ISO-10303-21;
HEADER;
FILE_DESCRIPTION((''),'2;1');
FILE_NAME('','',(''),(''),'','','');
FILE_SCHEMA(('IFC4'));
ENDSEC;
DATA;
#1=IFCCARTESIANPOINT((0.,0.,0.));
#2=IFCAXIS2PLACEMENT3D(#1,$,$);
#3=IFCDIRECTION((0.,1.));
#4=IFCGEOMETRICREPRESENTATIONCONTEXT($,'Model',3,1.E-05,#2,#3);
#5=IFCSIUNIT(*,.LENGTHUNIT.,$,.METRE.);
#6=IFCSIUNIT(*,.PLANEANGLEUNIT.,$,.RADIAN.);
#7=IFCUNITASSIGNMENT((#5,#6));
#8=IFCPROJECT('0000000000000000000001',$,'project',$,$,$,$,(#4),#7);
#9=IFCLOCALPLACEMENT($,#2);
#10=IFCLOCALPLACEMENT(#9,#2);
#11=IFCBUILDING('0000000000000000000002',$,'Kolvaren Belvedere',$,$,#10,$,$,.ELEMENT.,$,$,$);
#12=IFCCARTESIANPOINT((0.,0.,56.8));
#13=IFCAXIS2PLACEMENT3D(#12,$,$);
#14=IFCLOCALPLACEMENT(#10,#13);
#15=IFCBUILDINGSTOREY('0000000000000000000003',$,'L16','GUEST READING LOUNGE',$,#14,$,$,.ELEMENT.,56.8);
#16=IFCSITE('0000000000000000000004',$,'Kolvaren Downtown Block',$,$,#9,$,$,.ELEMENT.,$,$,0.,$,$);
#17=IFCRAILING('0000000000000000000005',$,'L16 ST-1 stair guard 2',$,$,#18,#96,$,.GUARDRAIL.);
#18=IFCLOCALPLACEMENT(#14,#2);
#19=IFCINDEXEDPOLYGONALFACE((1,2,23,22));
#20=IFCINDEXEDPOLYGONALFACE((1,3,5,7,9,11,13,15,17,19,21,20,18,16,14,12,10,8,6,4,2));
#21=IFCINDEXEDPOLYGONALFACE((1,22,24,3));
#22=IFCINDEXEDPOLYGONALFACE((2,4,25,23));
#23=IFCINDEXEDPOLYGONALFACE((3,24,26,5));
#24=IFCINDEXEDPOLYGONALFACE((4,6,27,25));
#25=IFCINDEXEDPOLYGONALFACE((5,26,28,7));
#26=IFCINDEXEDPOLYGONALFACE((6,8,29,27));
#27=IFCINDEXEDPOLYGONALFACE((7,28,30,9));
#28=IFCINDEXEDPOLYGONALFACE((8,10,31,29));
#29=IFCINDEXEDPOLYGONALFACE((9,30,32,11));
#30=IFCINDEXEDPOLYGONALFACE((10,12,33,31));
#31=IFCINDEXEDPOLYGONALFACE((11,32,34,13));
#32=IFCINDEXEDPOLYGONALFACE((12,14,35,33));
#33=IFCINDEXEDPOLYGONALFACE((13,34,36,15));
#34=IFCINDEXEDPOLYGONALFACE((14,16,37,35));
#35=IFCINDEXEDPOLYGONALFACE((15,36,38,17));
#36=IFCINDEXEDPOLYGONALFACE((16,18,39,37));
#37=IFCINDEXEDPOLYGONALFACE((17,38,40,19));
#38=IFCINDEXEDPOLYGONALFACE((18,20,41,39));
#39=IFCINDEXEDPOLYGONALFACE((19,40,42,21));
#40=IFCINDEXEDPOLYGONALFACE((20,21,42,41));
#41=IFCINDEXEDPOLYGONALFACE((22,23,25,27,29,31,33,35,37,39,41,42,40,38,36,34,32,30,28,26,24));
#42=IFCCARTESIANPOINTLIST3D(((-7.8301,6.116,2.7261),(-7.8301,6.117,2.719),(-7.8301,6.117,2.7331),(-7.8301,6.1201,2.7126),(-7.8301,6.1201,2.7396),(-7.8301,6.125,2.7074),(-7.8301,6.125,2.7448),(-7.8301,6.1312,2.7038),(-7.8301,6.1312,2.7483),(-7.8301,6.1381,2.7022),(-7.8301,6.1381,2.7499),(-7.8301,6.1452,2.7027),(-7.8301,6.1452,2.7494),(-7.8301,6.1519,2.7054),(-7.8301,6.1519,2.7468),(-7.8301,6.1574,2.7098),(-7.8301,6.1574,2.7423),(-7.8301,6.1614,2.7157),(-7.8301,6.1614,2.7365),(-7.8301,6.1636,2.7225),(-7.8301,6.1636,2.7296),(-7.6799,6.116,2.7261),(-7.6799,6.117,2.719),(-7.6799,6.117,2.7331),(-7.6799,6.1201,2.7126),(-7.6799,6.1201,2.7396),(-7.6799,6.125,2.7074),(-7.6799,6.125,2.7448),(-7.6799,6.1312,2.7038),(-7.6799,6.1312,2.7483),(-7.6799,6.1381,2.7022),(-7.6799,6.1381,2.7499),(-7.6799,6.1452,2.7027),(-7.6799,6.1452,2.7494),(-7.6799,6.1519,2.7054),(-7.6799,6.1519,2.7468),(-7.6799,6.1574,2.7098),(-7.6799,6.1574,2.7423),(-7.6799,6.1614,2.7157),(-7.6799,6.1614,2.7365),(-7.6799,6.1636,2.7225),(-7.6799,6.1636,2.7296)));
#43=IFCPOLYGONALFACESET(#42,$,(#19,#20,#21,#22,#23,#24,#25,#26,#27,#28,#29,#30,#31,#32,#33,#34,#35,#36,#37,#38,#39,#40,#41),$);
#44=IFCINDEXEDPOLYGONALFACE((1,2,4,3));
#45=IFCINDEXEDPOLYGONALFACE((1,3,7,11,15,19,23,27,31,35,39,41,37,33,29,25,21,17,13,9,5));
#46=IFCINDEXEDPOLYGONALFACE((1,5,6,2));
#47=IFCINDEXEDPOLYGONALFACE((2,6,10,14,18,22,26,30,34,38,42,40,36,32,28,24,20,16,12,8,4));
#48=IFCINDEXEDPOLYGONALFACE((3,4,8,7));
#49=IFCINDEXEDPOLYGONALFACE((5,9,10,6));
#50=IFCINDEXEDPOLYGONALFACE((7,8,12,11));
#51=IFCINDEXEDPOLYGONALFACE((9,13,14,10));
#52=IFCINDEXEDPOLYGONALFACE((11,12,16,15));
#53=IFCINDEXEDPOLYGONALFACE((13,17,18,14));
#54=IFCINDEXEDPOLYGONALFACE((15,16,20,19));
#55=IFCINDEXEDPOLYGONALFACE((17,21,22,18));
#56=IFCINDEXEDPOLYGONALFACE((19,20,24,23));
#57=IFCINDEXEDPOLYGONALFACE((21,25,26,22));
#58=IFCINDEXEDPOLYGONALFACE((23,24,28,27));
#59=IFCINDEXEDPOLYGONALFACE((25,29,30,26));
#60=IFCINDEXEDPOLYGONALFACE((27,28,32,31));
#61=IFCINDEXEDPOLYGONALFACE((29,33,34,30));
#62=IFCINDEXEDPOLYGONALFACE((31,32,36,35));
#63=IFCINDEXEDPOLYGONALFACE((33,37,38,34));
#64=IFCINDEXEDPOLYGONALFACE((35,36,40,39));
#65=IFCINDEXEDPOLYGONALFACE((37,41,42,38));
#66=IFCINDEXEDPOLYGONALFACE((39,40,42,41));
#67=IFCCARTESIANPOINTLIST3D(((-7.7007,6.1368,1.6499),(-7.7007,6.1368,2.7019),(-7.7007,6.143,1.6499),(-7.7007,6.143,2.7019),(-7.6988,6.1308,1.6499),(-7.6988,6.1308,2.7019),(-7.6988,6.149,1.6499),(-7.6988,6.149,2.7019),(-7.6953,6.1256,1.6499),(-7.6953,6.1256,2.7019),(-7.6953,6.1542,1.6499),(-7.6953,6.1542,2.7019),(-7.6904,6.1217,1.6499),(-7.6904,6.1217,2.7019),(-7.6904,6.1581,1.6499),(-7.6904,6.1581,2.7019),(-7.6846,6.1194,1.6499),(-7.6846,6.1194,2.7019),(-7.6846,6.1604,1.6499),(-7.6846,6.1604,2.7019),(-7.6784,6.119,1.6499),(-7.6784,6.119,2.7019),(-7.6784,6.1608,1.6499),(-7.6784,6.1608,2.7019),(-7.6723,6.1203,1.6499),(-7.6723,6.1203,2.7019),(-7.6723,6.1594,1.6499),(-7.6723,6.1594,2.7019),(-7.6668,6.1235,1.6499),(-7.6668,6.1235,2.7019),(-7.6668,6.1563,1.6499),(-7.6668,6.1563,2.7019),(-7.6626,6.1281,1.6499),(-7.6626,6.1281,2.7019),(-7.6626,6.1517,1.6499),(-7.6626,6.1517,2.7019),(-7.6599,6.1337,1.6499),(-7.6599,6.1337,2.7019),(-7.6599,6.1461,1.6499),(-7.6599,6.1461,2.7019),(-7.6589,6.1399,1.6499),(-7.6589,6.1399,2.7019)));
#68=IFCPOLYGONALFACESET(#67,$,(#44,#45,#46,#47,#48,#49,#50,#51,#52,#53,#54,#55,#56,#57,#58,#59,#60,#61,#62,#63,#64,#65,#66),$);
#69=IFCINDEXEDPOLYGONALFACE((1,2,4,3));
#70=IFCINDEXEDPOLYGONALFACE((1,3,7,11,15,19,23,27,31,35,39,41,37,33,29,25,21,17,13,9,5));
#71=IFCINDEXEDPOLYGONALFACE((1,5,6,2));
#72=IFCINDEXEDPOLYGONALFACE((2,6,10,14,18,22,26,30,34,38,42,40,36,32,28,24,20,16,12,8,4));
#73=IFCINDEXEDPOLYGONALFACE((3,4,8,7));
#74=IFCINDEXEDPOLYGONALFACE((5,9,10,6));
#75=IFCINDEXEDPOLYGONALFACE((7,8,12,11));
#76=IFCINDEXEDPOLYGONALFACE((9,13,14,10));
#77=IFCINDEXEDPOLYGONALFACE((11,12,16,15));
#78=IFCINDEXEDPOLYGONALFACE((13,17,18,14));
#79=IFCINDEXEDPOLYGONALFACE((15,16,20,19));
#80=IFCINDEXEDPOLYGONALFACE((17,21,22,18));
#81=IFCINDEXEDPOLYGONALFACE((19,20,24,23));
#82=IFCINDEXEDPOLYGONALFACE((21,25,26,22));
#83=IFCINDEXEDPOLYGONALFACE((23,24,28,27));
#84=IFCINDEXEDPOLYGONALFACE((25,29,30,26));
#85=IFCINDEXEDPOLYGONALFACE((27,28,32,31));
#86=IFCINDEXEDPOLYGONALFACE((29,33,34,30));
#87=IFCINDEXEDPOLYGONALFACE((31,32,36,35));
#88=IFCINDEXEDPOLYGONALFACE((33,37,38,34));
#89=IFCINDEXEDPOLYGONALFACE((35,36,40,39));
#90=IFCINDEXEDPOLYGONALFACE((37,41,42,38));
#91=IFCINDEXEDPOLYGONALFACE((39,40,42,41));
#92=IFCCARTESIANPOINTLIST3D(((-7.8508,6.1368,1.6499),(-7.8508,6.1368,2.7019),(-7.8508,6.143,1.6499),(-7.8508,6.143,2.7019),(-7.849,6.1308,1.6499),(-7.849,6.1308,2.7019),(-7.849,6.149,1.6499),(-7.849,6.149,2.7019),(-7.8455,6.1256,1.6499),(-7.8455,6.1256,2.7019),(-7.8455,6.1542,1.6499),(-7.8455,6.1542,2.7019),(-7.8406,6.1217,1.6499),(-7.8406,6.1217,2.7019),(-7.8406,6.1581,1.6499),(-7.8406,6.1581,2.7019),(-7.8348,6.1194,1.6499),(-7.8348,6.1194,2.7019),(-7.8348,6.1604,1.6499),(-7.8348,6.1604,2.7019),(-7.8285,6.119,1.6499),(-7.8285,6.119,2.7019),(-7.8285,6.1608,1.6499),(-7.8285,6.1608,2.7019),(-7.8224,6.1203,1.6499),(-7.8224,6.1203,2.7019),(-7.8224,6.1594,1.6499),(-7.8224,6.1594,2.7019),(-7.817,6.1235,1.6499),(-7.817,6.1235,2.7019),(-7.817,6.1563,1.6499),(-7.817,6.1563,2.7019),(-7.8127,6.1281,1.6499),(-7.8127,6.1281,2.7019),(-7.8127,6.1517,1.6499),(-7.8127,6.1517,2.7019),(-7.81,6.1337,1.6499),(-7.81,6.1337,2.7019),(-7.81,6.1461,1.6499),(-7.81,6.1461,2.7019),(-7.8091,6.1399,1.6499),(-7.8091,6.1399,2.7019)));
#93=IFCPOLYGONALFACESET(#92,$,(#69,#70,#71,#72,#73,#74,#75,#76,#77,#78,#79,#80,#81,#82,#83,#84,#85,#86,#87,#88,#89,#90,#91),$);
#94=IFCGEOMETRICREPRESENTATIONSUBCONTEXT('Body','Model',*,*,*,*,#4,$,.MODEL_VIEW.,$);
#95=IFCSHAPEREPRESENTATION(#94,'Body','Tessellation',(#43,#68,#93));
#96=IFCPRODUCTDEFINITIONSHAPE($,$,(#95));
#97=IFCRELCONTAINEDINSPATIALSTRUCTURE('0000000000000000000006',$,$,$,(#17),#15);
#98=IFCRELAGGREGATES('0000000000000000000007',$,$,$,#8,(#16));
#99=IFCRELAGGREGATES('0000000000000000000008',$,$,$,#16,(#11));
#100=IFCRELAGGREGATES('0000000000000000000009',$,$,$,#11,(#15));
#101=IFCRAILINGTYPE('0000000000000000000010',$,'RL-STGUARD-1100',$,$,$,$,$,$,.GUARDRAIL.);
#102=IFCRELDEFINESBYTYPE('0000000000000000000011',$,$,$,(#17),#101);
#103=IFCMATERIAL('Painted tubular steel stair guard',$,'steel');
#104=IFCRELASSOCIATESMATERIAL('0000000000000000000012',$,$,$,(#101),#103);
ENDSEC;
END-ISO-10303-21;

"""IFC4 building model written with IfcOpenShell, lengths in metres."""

from ifc_helpers import new_model, si_unit, direction, frame, origin, origin_2d, place, context, subcontext, project, spatial, circle, extrude, material, type_object, element, save


model = new_model("IFC4")

# Units and contexts
model_context = context("Model", 3, precision=1e-05, world=origin(), true_north=direction((0.0, 1.0)))
body_context = subcontext(model_context, "Body", "Model", "MODEL_VIEW")
ifc_project = project(units=[si_unit("LENGTHUNIT", "METRE"), si_unit("PLANEANGLEUNIT", "RADIAN")], contexts=[model_context])

# Site, building, storey
site_placement = place(None, origin())
site = spatial("IfcSite", under=ifc_project, at=site_placement, Name="Kolvaren Downtown Block", CompositionType="ELEMENT", RefElevation=0.0)
building_placement = place(site_placement, origin())
building = spatial("IfcBuilding", under=site, at=building_placement, Name="Kolvaren Belvedere", CompositionType="ELEMENT")
storey_placement = place(building_placement, frame((0.0, 0.0, 56.8)))
storey = spatial("IfcBuildingStorey", under=building, at=storey_placement, Name="L16", Description="GUEST READING LOUNGE", CompositionType="ELEMENT", Elevation=56.8)

# Railing
ifc_material_1 = material(Name="Painted tubular steel stair guard", Category="steel")
railing_type_1 = type_object("IfcRailingType", Name="RL-STGUARD-1100", PredefinedType="GUARDRAIL", material=ifc_material_1)
railing_1_placement = place(storey_placement, frame((-7.6799, 6.1399, 1.6499)))
element("IfcRailing", 1, at=railing_1_placement, inside=storey, type_object=railing_type_1, Name="L16 ST-1 stair guard 2", PredefinedType="GUARDRAIL", context=body_context, shape_type="SweptSolid", body=[
    extrude(circle(Radius=0.0239, at=origin_2d()), frame((0.0, 0.0, 1.0762), z_axis=(-1.0, 0.0, 0.0), x_axis=(0.0, -1.0, 0.0)), (0.0, 0.0, 1.0), 0.1501),
    extrude(circle(Radius=0.021, at=origin_2d()), origin(), (0.0, 0.0, 1.0), 1.052),
    extrude(circle(Radius=0.021, at=origin_2d()), frame((-0.1501, 0.0, 0.0)), (0.0, 0.0, 1.0), 1.052),
])

save(model, "model.ifc")
